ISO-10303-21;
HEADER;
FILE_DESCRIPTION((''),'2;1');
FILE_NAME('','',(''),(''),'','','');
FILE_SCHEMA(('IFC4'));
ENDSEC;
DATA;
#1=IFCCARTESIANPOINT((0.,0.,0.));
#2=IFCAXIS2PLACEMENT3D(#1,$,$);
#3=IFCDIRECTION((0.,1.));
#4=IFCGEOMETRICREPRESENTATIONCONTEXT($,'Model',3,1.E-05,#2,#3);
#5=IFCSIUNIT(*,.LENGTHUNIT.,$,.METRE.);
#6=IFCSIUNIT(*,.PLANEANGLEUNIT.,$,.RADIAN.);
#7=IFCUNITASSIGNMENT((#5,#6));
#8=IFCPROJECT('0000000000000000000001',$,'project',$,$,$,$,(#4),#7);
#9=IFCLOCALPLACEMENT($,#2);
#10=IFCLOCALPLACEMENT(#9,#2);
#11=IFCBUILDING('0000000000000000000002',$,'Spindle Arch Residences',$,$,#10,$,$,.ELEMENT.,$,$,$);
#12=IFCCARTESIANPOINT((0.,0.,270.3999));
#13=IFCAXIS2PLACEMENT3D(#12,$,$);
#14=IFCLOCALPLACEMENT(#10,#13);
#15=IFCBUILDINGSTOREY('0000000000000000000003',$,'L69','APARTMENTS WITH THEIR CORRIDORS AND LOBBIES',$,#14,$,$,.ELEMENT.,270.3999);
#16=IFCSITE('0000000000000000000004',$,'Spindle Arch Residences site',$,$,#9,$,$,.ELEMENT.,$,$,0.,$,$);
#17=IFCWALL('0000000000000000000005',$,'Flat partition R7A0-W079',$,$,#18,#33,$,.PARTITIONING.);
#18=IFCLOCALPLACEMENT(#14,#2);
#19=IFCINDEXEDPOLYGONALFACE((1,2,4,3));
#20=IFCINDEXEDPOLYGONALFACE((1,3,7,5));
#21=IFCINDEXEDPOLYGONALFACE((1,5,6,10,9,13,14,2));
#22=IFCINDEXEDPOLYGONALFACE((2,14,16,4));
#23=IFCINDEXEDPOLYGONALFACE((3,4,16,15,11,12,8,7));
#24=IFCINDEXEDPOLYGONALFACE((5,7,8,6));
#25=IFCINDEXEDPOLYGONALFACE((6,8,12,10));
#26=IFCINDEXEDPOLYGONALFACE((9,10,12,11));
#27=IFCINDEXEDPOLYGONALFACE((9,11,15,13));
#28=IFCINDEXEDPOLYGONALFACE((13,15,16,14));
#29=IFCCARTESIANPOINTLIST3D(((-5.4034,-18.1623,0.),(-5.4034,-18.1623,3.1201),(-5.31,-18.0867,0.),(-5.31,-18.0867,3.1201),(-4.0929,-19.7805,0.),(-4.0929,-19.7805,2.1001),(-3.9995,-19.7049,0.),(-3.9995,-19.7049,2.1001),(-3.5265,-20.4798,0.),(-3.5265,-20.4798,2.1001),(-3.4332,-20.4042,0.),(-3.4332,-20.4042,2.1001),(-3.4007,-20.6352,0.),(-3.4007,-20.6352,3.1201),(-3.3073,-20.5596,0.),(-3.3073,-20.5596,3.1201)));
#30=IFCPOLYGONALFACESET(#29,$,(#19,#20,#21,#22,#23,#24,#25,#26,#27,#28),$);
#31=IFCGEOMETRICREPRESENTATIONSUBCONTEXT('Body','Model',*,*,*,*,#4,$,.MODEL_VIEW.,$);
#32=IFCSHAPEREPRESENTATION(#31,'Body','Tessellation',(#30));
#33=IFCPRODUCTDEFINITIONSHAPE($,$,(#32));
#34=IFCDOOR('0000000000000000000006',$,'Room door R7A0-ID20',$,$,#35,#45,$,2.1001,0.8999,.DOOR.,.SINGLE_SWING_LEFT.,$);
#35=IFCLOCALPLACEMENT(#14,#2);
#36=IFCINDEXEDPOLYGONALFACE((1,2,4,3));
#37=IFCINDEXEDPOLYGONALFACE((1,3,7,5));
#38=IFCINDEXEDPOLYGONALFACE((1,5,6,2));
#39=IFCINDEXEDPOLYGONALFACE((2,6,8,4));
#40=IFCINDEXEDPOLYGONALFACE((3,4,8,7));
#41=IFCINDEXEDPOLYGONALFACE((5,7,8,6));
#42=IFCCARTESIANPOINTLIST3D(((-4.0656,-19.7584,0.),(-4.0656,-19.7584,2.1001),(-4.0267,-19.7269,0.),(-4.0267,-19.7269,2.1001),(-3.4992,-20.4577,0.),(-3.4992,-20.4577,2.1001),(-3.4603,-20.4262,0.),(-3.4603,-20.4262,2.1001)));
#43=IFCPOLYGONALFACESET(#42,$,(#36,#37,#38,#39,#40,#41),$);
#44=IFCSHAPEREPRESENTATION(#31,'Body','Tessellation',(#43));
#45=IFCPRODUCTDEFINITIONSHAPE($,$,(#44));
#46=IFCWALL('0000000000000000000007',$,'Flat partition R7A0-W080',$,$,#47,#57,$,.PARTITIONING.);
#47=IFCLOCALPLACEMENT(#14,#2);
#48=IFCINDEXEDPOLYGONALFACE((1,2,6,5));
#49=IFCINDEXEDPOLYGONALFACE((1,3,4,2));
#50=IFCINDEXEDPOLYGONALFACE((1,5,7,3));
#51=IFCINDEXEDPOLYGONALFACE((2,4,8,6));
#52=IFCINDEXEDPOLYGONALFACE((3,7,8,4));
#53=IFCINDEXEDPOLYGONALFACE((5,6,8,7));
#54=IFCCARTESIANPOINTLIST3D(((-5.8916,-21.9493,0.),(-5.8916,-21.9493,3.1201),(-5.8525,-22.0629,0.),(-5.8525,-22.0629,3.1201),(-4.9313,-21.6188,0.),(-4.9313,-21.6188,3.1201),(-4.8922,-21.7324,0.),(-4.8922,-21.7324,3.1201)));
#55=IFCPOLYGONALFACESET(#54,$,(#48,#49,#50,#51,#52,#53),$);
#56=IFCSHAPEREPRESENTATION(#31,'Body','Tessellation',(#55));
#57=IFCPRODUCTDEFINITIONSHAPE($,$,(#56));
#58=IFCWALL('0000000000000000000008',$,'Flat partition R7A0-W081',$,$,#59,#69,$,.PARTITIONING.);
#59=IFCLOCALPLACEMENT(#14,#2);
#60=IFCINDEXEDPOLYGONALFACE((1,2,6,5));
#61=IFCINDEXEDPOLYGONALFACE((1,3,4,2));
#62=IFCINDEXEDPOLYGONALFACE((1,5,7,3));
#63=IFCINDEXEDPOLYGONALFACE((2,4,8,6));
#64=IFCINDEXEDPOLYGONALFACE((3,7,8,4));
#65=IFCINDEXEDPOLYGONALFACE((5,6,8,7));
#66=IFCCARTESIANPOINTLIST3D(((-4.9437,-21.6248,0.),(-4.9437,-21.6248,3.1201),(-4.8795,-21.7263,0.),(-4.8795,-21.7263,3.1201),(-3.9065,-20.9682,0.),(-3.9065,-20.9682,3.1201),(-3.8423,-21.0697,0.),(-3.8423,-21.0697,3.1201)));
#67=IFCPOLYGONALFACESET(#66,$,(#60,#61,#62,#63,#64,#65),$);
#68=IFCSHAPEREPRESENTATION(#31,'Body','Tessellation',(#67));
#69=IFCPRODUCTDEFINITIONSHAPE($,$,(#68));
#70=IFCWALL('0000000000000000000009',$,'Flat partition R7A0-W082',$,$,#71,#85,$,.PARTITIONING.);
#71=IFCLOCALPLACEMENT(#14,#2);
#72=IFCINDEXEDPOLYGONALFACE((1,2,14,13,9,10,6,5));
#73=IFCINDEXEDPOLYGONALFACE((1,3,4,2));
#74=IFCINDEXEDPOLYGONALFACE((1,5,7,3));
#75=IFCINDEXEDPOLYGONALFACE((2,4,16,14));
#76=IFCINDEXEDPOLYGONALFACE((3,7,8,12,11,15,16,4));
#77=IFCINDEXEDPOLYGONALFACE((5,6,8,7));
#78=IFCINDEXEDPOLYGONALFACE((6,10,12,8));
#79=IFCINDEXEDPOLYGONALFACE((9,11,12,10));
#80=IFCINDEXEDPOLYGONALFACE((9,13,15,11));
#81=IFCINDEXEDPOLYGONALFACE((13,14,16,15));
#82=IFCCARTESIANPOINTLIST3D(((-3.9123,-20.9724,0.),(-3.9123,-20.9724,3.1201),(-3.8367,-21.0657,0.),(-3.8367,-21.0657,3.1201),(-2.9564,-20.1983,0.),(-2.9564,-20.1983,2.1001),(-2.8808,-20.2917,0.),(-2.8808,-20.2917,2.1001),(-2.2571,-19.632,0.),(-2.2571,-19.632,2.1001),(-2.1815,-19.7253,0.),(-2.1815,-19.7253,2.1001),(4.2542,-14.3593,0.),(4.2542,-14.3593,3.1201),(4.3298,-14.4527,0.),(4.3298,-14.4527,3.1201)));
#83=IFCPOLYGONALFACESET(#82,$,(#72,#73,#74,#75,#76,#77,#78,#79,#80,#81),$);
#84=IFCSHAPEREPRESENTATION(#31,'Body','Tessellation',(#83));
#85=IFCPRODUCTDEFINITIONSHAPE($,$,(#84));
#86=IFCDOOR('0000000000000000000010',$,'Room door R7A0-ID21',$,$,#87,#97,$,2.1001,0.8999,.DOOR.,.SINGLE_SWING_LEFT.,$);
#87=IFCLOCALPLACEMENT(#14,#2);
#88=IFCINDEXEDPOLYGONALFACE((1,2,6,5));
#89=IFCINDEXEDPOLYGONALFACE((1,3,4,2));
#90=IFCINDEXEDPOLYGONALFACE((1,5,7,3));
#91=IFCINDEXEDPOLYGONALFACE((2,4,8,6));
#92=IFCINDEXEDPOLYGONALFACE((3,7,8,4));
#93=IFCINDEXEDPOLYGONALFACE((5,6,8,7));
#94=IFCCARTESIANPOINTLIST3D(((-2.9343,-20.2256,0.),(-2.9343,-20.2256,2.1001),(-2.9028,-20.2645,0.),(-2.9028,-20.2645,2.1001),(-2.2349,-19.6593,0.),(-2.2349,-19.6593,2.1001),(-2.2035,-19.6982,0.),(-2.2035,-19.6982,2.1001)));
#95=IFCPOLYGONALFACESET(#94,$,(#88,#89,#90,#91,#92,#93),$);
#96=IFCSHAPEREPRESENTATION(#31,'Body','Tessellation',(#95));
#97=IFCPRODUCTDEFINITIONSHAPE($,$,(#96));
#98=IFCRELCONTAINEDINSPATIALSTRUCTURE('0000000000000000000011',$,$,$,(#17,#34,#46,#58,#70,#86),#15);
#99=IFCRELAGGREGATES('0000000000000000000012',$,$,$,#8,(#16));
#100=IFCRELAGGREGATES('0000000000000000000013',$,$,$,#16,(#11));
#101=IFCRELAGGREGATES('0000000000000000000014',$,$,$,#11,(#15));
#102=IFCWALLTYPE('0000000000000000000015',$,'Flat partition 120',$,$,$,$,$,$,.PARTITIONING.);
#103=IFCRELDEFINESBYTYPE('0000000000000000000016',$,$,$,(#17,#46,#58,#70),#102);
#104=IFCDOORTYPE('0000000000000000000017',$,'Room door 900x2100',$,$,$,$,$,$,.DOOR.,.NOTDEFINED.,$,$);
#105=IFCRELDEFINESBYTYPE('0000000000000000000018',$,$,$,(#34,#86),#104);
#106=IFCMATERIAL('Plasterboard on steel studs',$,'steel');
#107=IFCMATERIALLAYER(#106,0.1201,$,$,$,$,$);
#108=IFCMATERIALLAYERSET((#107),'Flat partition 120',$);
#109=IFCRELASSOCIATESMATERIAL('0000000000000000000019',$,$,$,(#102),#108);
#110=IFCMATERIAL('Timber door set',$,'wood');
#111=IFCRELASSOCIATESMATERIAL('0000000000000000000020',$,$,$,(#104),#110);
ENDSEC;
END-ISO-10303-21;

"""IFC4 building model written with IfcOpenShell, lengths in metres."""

from ifc_helpers import new_model, si_unit, direction, frame, frame_2d, origin, place, context, subcontext, project, spatial, rectangle, extrude, material, layer, layer_set, type_object, element, fill, save


model = new_model("IFC4")

# Units and contexts
model_context = context("Model", 3, precision=1e-05, world=origin(), true_north=direction((0.0, 1.0)))
body_context = subcontext(model_context, "Body", "Model", "MODEL_VIEW")
ifc_project = project(units=[si_unit("LENGTHUNIT", "METRE"), si_unit("PLANEANGLEUNIT", "RADIAN")], contexts=[model_context])

# Site, building, storey
site_placement = place(None, origin())
site = spatial("IfcSite", under=ifc_project, at=site_placement, Name="Spindle Arch Residences site", CompositionType="ELEMENT", RefElevation=0.0)
building_placement = place(site_placement, origin())
building = spatial("IfcBuilding", under=site, at=building_placement, Name="Spindle Arch Residences", CompositionType="ELEMENT")
storey_placement = place(building_placement, frame((0.0, 0.0, 270.3999)))
storey = spatial("IfcBuildingStorey", under=building, at=storey_placement, Name="L69", Description="APARTMENTS WITH THEIR CORRIDORS AND LOBBIES", CompositionType="ELEMENT", Elevation=270.3999)

# Shared definitions
ifc_material_1 = material(Name="Plasterboard on steel studs", Category="steel")
ifc_layer_1 = layer(ifc_material_1, 0.1201)
ifc_layer_set_1 = layer_set([ifc_layer_1], Name="Flat partition 120")
wall_type = type_object("IfcWallType", Name="Flat partition 120", PredefinedType="PARTITIONING", material=ifc_layer_set_1)

# Wall, opening, door
ifc_material_2 = material(Name="Timber door set", Category="wood")
door_type = type_object("IfcDoorType", Name="Room door 900x2100", OperationType="NOTDEFINED", PredefinedType="DOOR", material=ifc_material_2)
wall_1_placement = place(storey_placement, frame((-3.354, -20.5974, 0.0), z_axis=(0.0, 0.0, 1.0), x_axis=(-0.629353, 0.77712, 0.0)))
wall_1 = element("IfcWall", 1, at=wall_1_placement, inside=storey, type_object=wall_type, Name="Flat partition R7A0-W079", PredefinedType="PARTITIONING", context=body_context, shape_type="SweptSolid", body=[
    extrude(rectangle(XDim=3.1821, YDim=0.1201, at=frame_2d((1.5911, 0.0))), origin(), (0.0, 0.0, 1.0), 3.1201),
])
opening_1_placement = place(wall_1_placement, frame((0.2, 0.0, 0.0)))
opening_1 = element("IfcOpeningElement", 2, at=opening_1_placement, cuts=wall_1, PredefinedType="OPENING", context=body_context, shape_type="SweptSolid", body=[
    extrude(rectangle(XDim=0.8999, YDim=2.1001, at=frame_2d((0.45, 1.05))), frame((0.0, 0.0701, 0.0), z_axis=(0.0, -1.0, 0.0), x_axis=(1.0, 0.0, 0.0)), (0.0, 0.0, 1.0), 0.1401),
])
door_1_placement = place(opening_1_placement, origin())
door_1 = element("IfcDoor", 3, at=door_1_placement, inside=storey, type_object=door_type, Name="Room door R7A0-ID20", OperationType="SINGLE_SWING_LEFT", OverallHeight=2.1001, OverallWidth=0.8999, PredefinedType="DOOR", context=body_context, shape_type="SweptSolid", body=[
    extrude(rectangle(XDim=0.8999, YDim=2.1001, at=frame_2d((0.45, 1.05))), frame((0.0, 0.0249, 0.0), z_axis=(0.0, -1.0, 0.0), x_axis=(1.0, 0.0, 0.0)), (0.0, 0.0, 1.0), 0.05),
])
fill(opening_1, door_1)

# Walls
wall_2_placement = place(storey_placement, frame((-5.8721, -22.0061, 0.0), z_axis=(0.0, 0.0, 1.0), x_axis=(0.945562, 0.325442, 0.0)))
element("IfcWall", 4, at=wall_2_placement, inside=storey, type_object=wall_type, Name="Flat partition R7A0-W080", PredefinedType="PARTITIONING", context=body_context, shape_type="SweptSolid", body=[
    extrude(rectangle(XDim=1.0156, YDim=0.1201, at=frame_2d((0.5078, 0.0))), origin(), (0.0, 0.0, 1.0), 3.1201),
])
wall_3_placement = place(storey_placement, frame((-4.9116, -21.6755, 0.0), z_axis=(0.0, 0.0, 1.0), x_axis=(0.844945, 0.534853, 0.0)))
element("IfcWall", 5, at=wall_3_placement, inside=storey, type_object=wall_type, Name="Flat partition R7A0-W081", PredefinedType="PARTITIONING", context=body_context, shape_type="SweptSolid", body=[
    extrude(rectangle(XDim=1.2275, YDim=0.1201, at=frame_2d((0.6138, 0.0))), origin(), (0.0, 0.0, 1.0), 3.1201),
])

# Wall, opening, door
wall_4_placement = place(storey_placement, frame((-3.8745, -21.019, 0.0), z_axis=(0.0, 0.0, 1.0), x_axis=(0.777149, 0.629317, 0.0)))
wall_4 = element("IfcWall", 6, at=wall_4_placement, inside=storey, type_object=wall_type, Name="Flat partition R7A0-W082", PredefinedType="PARTITIONING", context=body_context, shape_type="SweptSolid", body=[
    extrude(rectangle(XDim=10.5083, YDim=0.1201, at=frame_2d((5.2542, 0.0))), origin(), (0.0, 0.0, 1.0), 3.1201),
])
opening_2_placement = place(wall_4_placement, frame((1.23, 0.0, 0.0)))
opening_2 = element("IfcOpeningElement", 7, at=opening_2_placement, cuts=wall_4, PredefinedType="OPENING", context=body_context, shape_type="SweptSolid", body=[
    extrude(rectangle(XDim=0.8999, YDim=2.1001, at=frame_2d((0.45, 1.05))), frame((0.0, 0.0701, 0.0), z_axis=(0.0, -1.0, 0.0), x_axis=(1.0, 0.0, 0.0)), (0.0, 0.0, 1.0), 0.1401),
])
door_2_placement = place(opening_2_placement, origin())
door_2 = element("IfcDoor", 8, at=door_2_placement, inside=storey, type_object=door_type, Name="Room door R7A0-ID21", OperationType="SINGLE_SWING_LEFT", OverallHeight=2.1001, OverallWidth=0.8999, PredefinedType="DOOR", context=body_context, shape_type="SweptSolid", body=[
    extrude(rectangle(XDim=0.8999, YDim=2.1001, at=frame_2d((0.45, 1.05))), frame((0.0, 0.0249, 0.0), z_axis=(0.0, -1.0, 0.0), x_axis=(1.0, 0.0, 0.0)), (0.0, 0.0, 1.0), 0.05),
])
fill(opening_2, door_2)

save(model, "model.ifc")
